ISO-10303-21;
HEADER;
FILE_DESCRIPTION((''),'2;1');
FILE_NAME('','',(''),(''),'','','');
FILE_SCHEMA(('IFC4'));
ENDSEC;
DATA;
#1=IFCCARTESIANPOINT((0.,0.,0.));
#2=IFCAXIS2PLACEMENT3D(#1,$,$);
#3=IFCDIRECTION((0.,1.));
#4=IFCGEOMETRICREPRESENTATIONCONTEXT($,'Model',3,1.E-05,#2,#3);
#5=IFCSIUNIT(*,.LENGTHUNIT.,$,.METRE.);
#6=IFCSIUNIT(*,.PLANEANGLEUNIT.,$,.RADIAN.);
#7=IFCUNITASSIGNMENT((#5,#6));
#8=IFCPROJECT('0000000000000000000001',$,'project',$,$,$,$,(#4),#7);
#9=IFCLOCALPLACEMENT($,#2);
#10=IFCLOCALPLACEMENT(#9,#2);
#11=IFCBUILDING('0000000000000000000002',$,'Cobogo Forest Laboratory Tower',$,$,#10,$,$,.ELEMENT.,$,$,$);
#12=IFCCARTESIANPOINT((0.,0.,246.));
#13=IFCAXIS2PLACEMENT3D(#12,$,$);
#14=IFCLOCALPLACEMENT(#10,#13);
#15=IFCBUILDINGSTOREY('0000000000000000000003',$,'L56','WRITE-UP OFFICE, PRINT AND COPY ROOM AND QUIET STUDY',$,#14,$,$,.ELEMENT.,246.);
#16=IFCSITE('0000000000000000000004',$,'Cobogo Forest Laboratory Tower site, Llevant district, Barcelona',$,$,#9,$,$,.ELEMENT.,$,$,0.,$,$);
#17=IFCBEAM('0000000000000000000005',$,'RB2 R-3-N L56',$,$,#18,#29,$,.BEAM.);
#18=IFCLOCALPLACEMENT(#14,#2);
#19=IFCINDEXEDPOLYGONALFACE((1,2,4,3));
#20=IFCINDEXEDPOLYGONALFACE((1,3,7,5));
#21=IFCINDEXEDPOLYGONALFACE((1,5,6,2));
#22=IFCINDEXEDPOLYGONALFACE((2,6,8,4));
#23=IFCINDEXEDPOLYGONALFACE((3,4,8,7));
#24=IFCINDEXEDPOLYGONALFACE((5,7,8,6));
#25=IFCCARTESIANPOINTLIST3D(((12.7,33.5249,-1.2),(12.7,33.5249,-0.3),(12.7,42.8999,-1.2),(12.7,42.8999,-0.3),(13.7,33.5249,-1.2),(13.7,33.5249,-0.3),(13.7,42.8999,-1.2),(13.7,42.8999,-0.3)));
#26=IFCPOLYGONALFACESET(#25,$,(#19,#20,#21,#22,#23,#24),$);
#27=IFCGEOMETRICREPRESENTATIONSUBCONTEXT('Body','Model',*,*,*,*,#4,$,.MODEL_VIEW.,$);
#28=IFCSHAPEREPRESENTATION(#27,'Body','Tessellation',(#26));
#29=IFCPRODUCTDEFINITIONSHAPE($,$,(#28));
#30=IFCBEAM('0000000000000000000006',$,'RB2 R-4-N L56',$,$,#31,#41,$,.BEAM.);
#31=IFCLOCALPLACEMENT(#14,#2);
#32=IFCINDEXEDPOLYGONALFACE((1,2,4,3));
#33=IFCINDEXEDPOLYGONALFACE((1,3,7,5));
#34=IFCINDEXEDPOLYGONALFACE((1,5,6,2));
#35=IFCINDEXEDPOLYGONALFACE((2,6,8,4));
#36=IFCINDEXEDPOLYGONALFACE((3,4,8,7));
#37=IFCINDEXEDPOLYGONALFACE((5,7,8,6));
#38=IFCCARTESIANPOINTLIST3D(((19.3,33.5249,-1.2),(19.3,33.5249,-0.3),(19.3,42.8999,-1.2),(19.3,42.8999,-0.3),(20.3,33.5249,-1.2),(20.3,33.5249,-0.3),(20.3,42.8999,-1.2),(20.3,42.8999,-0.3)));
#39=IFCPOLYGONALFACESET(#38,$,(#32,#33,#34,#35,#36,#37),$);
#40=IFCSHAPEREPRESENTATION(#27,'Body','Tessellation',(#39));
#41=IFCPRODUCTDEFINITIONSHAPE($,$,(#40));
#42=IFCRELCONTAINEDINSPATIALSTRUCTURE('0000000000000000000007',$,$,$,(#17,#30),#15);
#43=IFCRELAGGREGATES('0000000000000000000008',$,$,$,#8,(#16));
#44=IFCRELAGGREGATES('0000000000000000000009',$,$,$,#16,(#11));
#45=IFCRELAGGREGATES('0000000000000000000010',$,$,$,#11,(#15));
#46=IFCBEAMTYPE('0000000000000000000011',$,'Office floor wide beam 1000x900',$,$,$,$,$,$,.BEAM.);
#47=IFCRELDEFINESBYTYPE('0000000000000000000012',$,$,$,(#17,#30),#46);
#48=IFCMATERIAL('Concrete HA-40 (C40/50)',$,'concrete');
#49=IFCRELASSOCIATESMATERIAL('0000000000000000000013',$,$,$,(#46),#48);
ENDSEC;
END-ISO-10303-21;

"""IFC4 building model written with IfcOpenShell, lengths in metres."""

from ifc_helpers import new_model, si_unit, direction, frame, origin, origin_2d, place, context, subcontext, project, spatial, rectangle, extrude, material, material_profile, profile_set, type_object, element, save


model = new_model("IFC4")

# Units and contexts
model_context = context("Model", 3, precision=1e-05, world=origin(), true_north=direction((0.0, 1.0)))
body_context = subcontext(model_context, "Body", "Model", "MODEL_VIEW")
ifc_project = project(units=[si_unit("LENGTHUNIT", "METRE"), si_unit("PLANEANGLEUNIT", "RADIAN")], contexts=[model_context])

# Site, building, storey
site_placement = place(None, origin())
site = spatial("IfcSite", under=ifc_project, at=site_placement, Name="Cobogo Forest Laboratory Tower site, Llevant district, Barcelona", CompositionType="ELEMENT", RefElevation=0.0)
building_placement = place(site_placement, origin())
building = spatial("IfcBuilding", under=site, at=building_placement, Name="Cobogo Forest Laboratory Tower", CompositionType="ELEMENT")
storey_placement = place(building_placement, frame((0.0, 0.0, 246.0)))
storey = spatial("IfcBuildingStorey", under=building, at=storey_placement, Name="L56", Description="WRITE-UP OFFICE, PRINT AND COPY ROOM AND QUIET STUDY", CompositionType="ELEMENT", Elevation=246.0)

# Beams
ifc_material_1 = material(Name="Concrete HA-40 (C40/50)", Category="concrete")
ifc_material_profile = material_profile(ifc_material_1, rectangle(XDim=1.0, YDim=0.8999, at=origin_2d()), Name="RC 1000x900")
ifc_profile_set = profile_set([ifc_material_profile], Name="Concrete HA-40 (C40/50)")
beam_type = type_object("IfcBeamType", Name="Office floor wide beam 1000x900", PredefinedType="BEAM", material=ifc_profile_set)
for number, where, z_axis, x_axis, name in (
    (1, (13.2, 33.5249, -0.75), (0.0, 1.0, 0.0), (-1.0, 0.0, 0.0), "RB2 R-3-N L56"),
    (2, (19.8, 33.5249, -0.75), (0.0, 1.0, 0.0), (-1.0, 0.0, 0.0), "RB2 R-4-N L56"),
):
    element("IfcBeam", number, at=place(storey_placement, frame(where, z_axis=z_axis, x_axis=x_axis)), inside=storey, type_object=beam_type, Name=name, PredefinedType="BEAM", context=body_context, shape_type="SweptSolid", body=[
        extrude(rectangle(XDim=1.0, YDim=0.8999, at=origin_2d()), origin(), (0.0, 0.0, 1.0), 9.375),
    ])

save(model, "model.ifc")
